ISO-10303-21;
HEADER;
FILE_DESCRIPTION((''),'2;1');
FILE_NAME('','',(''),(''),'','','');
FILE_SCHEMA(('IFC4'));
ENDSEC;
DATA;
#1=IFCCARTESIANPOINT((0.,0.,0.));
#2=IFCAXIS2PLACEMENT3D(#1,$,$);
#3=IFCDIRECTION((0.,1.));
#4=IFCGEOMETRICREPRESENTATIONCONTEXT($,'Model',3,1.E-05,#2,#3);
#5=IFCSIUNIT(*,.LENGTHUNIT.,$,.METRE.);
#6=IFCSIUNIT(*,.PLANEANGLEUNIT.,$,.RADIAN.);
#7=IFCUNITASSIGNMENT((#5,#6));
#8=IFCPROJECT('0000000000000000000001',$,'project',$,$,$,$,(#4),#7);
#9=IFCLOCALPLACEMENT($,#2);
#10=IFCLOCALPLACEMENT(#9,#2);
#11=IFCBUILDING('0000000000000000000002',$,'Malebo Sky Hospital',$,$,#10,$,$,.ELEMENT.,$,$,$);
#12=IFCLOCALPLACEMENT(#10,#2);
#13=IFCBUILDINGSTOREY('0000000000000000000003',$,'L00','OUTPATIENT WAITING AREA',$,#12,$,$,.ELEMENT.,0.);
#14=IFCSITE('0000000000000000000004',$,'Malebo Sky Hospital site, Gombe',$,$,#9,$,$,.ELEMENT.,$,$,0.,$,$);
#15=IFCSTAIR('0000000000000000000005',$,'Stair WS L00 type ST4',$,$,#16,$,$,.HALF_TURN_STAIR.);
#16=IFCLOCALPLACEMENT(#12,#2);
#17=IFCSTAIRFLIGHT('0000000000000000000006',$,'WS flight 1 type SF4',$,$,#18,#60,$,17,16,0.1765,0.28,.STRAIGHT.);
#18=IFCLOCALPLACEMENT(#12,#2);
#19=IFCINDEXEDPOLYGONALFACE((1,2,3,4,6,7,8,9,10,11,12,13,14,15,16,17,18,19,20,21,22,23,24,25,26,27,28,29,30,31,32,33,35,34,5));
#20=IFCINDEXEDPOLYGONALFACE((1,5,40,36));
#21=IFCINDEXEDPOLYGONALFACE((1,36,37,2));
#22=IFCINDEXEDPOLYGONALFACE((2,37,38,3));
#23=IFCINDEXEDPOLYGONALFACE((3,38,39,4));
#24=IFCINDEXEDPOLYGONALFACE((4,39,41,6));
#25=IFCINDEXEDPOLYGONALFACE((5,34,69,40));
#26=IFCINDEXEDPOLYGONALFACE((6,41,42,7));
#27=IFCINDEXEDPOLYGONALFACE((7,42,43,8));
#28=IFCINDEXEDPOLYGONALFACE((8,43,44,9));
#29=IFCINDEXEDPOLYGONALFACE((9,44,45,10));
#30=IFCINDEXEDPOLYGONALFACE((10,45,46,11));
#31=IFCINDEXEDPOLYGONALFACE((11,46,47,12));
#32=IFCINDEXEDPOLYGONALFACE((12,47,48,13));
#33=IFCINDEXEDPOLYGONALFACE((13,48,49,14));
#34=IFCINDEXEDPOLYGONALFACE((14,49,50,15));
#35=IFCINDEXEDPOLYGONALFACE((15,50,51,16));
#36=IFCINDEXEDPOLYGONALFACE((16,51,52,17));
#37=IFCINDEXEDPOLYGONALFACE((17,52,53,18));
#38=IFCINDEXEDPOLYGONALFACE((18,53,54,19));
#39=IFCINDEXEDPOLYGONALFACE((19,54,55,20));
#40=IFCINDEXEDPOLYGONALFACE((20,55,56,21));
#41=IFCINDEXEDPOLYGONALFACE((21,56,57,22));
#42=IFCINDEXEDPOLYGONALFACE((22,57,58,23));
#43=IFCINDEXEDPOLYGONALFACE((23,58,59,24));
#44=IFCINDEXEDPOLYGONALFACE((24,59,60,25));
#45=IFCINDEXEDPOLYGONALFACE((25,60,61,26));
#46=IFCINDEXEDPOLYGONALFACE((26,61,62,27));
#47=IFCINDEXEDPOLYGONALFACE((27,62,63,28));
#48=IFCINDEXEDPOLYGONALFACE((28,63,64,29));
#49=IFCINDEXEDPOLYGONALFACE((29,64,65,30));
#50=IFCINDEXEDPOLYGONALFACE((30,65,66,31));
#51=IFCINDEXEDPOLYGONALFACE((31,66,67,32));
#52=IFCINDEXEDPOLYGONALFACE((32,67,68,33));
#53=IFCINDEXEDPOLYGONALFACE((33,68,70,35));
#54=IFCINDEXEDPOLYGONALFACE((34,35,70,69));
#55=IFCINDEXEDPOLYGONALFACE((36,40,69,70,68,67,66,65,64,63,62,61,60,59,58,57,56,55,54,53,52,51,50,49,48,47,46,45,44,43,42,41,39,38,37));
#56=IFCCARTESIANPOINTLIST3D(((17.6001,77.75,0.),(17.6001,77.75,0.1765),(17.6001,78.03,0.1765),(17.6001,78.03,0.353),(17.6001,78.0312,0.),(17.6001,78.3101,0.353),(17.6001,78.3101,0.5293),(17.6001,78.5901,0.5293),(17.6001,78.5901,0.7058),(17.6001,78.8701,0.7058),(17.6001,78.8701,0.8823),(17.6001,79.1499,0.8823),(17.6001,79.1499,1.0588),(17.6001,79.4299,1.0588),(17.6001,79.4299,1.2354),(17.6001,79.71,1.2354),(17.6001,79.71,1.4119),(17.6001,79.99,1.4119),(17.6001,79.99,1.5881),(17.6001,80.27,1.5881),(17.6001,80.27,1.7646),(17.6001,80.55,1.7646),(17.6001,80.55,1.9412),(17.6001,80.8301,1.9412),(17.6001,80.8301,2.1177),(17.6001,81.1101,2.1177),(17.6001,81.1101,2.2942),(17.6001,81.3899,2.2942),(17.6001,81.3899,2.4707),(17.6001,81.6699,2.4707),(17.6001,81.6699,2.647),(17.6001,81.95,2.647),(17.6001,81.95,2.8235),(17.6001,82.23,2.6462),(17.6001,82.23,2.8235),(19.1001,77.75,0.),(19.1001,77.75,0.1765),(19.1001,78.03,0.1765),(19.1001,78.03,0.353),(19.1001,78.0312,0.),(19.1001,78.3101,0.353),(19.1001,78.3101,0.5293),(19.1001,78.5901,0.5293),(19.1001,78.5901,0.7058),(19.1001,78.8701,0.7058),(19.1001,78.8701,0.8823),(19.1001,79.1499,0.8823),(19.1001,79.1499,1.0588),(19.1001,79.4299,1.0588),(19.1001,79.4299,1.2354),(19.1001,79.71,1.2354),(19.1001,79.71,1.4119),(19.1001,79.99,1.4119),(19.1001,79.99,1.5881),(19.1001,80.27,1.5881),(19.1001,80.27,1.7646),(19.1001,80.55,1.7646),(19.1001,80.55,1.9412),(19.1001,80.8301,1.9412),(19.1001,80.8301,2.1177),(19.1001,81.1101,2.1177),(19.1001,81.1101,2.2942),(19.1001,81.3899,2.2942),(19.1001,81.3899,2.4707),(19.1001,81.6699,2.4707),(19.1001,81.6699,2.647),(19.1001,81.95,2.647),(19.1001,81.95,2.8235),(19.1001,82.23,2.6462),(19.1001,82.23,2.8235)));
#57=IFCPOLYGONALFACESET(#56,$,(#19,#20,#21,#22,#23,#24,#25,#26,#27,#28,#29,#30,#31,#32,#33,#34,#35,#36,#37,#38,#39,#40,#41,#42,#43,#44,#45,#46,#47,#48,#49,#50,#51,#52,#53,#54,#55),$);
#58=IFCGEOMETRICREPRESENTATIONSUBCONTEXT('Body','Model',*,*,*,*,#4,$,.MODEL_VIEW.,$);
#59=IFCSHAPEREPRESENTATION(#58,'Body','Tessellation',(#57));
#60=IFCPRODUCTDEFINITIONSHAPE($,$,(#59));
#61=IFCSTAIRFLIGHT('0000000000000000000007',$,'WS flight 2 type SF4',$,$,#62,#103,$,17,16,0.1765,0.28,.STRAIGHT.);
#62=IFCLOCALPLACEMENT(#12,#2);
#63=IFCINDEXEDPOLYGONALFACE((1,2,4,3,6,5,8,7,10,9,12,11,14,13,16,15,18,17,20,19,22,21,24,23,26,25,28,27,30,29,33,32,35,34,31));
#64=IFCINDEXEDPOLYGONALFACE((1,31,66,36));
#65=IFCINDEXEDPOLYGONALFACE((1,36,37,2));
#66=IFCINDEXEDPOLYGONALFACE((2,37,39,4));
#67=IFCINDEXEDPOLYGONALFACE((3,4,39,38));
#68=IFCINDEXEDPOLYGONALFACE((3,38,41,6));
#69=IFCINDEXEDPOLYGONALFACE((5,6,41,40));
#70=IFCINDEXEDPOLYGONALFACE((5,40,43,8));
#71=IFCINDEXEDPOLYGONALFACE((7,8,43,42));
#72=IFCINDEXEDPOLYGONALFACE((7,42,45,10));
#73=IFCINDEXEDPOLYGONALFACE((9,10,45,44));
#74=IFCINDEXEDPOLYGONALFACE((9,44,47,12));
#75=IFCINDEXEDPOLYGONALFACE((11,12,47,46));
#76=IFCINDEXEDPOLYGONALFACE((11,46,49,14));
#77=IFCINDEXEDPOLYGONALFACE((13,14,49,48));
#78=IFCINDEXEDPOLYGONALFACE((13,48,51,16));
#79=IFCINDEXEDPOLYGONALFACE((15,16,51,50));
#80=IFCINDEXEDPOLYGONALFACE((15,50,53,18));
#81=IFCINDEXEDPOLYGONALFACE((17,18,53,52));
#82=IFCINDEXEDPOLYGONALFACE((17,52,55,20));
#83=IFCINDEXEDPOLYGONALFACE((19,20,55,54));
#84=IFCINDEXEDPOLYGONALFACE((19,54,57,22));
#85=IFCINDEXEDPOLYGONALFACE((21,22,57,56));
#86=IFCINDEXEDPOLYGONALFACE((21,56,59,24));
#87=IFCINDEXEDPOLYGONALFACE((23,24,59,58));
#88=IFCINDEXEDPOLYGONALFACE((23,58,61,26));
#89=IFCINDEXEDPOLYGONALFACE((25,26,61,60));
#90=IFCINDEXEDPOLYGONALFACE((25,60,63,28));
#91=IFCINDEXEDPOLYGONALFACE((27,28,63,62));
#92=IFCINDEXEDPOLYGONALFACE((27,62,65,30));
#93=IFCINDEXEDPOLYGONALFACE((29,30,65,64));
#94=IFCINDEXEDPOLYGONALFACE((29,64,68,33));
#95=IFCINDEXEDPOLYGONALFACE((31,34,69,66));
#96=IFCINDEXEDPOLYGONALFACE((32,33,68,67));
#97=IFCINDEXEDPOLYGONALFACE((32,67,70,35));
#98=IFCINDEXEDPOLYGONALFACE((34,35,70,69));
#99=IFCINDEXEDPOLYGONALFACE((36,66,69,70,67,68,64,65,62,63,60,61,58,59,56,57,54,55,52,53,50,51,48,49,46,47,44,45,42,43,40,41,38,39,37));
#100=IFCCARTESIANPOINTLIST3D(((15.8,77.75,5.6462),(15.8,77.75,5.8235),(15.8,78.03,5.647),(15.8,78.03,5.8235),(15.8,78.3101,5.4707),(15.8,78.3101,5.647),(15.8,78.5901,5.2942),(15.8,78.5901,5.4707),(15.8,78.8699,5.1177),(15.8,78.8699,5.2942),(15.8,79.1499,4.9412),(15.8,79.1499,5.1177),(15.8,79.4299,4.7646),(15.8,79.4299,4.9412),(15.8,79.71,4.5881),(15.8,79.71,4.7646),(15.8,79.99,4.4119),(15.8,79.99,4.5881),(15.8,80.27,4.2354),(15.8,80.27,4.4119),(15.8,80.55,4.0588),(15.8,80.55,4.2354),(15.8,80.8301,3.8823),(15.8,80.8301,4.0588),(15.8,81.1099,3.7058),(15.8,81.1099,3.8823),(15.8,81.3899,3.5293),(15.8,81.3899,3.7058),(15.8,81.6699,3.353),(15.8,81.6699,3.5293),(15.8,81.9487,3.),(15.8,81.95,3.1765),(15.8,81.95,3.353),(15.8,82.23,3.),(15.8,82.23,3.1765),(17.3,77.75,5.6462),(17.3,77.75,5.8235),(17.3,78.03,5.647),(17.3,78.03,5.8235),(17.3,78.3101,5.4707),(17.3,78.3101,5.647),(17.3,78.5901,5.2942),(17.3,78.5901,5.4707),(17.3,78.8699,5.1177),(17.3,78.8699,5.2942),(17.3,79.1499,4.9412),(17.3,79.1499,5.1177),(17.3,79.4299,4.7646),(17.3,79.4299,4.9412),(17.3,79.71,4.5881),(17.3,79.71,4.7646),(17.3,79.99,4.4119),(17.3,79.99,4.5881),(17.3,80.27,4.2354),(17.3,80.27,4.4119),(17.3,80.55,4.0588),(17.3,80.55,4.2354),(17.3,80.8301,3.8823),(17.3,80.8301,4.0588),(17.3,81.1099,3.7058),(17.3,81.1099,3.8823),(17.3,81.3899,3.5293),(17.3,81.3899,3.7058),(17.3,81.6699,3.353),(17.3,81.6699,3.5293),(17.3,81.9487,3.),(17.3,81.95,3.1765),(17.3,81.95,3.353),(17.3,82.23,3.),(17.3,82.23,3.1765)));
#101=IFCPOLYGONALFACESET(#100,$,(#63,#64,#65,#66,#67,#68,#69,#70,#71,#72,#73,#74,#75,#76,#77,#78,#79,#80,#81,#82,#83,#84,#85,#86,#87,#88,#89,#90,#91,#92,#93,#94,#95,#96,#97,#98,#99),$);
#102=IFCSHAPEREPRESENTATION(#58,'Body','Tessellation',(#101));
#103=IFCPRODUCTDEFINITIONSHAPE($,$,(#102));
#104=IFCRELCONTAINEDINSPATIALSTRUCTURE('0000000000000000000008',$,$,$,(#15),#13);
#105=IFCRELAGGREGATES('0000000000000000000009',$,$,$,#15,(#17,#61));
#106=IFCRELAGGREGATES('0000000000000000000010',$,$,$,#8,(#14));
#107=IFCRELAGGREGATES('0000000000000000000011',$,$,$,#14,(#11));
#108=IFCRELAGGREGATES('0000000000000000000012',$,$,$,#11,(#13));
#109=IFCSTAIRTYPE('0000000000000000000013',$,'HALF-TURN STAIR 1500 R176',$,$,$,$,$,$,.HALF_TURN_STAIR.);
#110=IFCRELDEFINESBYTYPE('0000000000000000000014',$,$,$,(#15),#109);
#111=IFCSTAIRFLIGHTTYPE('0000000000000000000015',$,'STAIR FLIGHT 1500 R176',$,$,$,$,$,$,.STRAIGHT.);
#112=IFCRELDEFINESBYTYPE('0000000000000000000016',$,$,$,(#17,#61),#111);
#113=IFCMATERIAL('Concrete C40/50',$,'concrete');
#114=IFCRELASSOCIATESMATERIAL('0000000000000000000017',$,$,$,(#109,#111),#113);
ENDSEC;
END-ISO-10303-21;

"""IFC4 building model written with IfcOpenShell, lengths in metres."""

from ifc_helpers import new_model, si_unit, direction, frame, origin, place, context, subcontext, project, spatial, polyline, outline, extrude, material, type_object, element, aggregate, save


model = new_model("IFC4")

# Units and contexts
model_context = context("Model", 3, precision=1e-05, world=origin(), true_north=direction((0.0, 1.0)))
body_context = subcontext(model_context, "Body", "Model", "MODEL_VIEW")
ifc_project = project(units=[si_unit("LENGTHUNIT", "METRE"), si_unit("PLANEANGLEUNIT", "RADIAN")], contexts=[model_context])

# Site, building, storey
site_placement = place(None, origin())
site = spatial("IfcSite", under=ifc_project, at=site_placement, Name="Malebo Sky Hospital site, Gombe", CompositionType="ELEMENT", RefElevation=0.0)
building_placement = place(site_placement, origin())
building = spatial("IfcBuilding", under=site, at=building_placement, Name="Malebo Sky Hospital", CompositionType="ELEMENT")
storey_placement = place(building_placement, origin())
storey = spatial("IfcBuildingStorey", under=building, at=storey_placement, Name="L00", Description="OUTPATIENT WAITING AREA", CompositionType="ELEMENT", Elevation=0.0)

# Shared definitions
ifc_material_1 = material(Name="Concrete C40/50", Category="concrete")

# Stair, stair flights
stair_type = type_object("IfcStairType", Name="HALF-TURN STAIR 1500 R176", PredefinedType="HALF_TURN_STAIR", material=ifc_material_1)
stair_placement = place(storey_placement, origin())
stair = element("IfcStair", 1, at=stair_placement, inside=storey, type_object=stair_type, Name="Stair WS L00 type ST4", PredefinedType="HALF_TURN_STAIR")
stair_flight_type = type_object("IfcStairFlightType", Name="STAIR FLIGHT 1500 R176", PredefinedType="STRAIGHT", material=ifc_material_1)
stair_flight_1_placement = place(storey_placement, frame((18.3501, 77.75, 0.0), z_axis=(0.0, 0.0, 1.0), x_axis=(0.0, 1.0, 0.0)))
stair_flight_1 = element("IfcStairFlight", 2, at=stair_flight_1_placement, type_object=stair_flight_type, Name="WS flight 1 type SF4", NumberOfRisers=17, NumberOfTreads=16, PredefinedType="STRAIGHT", RiserHeight=0.1765, TreadLength=0.28, context=body_context, shape_type="SweptSolid", body=[
    extrude(outline(polyline([(0.0, 0.0), (0.0, 0.1765), (0.28, 0.1765), (0.28, 0.353), (0.5601, 0.353), (0.5601, 0.5293), (0.8401, 0.5293), (0.8401, 0.7058), (1.1201, 0.7058), (1.1201, 0.8823), (1.3999, 0.8823), (1.3999, 1.0588), (1.6799, 1.0588), (1.6799, 1.2354), (1.96, 1.2354), (1.96, 1.4119), (2.24, 1.4119), (2.24, 1.5881), (2.52, 1.5881), (2.52, 1.7646), (2.8, 1.7646), (2.8, 1.9412), (3.0801, 1.9412), (3.0801, 2.1177), (3.3601, 2.1177), (3.3601, 2.2942), (3.6399, 2.2942), (3.6399, 2.4707), (3.9199, 2.4707), (3.9199, 2.647), (4.2, 2.647), (4.2, 2.8235), (4.48, 2.8235), (4.48, 3.0), (4.48, 2.6462), (0.2812, 0.0), (0.0, 0.0)])), frame((0.0, 0.75, 0.0), z_axis=(0.0, -1.0, 0.0), x_axis=(1.0, 0.0, 0.0)), (0.0, 0.0, 1.0), 1.5),
])
stair_flight_2_placement = place(storey_placement, frame((16.55, 82.23, 3.0), z_axis=(0.0, 0.0, 1.0), x_axis=(0.0, -1.0, 0.0)))
stair_flight_2 = element("IfcStairFlight", 3, at=stair_flight_2_placement, type_object=stair_flight_type, Name="WS flight 2 type SF4", NumberOfRisers=17, NumberOfTreads=16, PredefinedType="STRAIGHT", RiserHeight=0.1765, TreadLength=0.28, context=body_context, shape_type="SweptSolid", body=[
    extrude(outline(polyline([(0.0, 0.0), (0.0, 0.1765), (0.28, 0.1765), (0.28, 0.353), (0.5601, 0.353), (0.5601, 0.5293), (0.8401, 0.5293), (0.8401, 0.7058), (1.1201, 0.7058), (1.1201, 0.8823), (1.3999, 0.8823), (1.3999, 1.0588), (1.6799, 1.0588), (1.6799, 1.2354), (1.96, 1.2354), (1.96, 1.4119), (2.24, 1.4119), (2.24, 1.5881), (2.52, 1.5881), (2.52, 1.7646), (2.8, 1.7646), (2.8, 1.9412), (3.0801, 1.9412), (3.0801, 2.1177), (3.3601, 2.1177), (3.3601, 2.2942), (3.6399, 2.2942), (3.6399, 2.4707), (3.9199, 2.4707), (3.9199, 2.647), (4.2, 2.647), (4.2, 2.8235), (4.48, 2.8235), (4.48, 3.0), (4.48, 2.6462), (0.2812, 0.0), (0.0, 0.0)])), frame((0.0, 0.75, 0.0), z_axis=(0.0, -1.0, 0.0), x_axis=(1.0, 0.0, 0.0)), (0.0, 0.0, 1.0), 1.5),
])
aggregate(stair, [stair_flight_1, stair_flight_2])

save(model, "model.ifc")
